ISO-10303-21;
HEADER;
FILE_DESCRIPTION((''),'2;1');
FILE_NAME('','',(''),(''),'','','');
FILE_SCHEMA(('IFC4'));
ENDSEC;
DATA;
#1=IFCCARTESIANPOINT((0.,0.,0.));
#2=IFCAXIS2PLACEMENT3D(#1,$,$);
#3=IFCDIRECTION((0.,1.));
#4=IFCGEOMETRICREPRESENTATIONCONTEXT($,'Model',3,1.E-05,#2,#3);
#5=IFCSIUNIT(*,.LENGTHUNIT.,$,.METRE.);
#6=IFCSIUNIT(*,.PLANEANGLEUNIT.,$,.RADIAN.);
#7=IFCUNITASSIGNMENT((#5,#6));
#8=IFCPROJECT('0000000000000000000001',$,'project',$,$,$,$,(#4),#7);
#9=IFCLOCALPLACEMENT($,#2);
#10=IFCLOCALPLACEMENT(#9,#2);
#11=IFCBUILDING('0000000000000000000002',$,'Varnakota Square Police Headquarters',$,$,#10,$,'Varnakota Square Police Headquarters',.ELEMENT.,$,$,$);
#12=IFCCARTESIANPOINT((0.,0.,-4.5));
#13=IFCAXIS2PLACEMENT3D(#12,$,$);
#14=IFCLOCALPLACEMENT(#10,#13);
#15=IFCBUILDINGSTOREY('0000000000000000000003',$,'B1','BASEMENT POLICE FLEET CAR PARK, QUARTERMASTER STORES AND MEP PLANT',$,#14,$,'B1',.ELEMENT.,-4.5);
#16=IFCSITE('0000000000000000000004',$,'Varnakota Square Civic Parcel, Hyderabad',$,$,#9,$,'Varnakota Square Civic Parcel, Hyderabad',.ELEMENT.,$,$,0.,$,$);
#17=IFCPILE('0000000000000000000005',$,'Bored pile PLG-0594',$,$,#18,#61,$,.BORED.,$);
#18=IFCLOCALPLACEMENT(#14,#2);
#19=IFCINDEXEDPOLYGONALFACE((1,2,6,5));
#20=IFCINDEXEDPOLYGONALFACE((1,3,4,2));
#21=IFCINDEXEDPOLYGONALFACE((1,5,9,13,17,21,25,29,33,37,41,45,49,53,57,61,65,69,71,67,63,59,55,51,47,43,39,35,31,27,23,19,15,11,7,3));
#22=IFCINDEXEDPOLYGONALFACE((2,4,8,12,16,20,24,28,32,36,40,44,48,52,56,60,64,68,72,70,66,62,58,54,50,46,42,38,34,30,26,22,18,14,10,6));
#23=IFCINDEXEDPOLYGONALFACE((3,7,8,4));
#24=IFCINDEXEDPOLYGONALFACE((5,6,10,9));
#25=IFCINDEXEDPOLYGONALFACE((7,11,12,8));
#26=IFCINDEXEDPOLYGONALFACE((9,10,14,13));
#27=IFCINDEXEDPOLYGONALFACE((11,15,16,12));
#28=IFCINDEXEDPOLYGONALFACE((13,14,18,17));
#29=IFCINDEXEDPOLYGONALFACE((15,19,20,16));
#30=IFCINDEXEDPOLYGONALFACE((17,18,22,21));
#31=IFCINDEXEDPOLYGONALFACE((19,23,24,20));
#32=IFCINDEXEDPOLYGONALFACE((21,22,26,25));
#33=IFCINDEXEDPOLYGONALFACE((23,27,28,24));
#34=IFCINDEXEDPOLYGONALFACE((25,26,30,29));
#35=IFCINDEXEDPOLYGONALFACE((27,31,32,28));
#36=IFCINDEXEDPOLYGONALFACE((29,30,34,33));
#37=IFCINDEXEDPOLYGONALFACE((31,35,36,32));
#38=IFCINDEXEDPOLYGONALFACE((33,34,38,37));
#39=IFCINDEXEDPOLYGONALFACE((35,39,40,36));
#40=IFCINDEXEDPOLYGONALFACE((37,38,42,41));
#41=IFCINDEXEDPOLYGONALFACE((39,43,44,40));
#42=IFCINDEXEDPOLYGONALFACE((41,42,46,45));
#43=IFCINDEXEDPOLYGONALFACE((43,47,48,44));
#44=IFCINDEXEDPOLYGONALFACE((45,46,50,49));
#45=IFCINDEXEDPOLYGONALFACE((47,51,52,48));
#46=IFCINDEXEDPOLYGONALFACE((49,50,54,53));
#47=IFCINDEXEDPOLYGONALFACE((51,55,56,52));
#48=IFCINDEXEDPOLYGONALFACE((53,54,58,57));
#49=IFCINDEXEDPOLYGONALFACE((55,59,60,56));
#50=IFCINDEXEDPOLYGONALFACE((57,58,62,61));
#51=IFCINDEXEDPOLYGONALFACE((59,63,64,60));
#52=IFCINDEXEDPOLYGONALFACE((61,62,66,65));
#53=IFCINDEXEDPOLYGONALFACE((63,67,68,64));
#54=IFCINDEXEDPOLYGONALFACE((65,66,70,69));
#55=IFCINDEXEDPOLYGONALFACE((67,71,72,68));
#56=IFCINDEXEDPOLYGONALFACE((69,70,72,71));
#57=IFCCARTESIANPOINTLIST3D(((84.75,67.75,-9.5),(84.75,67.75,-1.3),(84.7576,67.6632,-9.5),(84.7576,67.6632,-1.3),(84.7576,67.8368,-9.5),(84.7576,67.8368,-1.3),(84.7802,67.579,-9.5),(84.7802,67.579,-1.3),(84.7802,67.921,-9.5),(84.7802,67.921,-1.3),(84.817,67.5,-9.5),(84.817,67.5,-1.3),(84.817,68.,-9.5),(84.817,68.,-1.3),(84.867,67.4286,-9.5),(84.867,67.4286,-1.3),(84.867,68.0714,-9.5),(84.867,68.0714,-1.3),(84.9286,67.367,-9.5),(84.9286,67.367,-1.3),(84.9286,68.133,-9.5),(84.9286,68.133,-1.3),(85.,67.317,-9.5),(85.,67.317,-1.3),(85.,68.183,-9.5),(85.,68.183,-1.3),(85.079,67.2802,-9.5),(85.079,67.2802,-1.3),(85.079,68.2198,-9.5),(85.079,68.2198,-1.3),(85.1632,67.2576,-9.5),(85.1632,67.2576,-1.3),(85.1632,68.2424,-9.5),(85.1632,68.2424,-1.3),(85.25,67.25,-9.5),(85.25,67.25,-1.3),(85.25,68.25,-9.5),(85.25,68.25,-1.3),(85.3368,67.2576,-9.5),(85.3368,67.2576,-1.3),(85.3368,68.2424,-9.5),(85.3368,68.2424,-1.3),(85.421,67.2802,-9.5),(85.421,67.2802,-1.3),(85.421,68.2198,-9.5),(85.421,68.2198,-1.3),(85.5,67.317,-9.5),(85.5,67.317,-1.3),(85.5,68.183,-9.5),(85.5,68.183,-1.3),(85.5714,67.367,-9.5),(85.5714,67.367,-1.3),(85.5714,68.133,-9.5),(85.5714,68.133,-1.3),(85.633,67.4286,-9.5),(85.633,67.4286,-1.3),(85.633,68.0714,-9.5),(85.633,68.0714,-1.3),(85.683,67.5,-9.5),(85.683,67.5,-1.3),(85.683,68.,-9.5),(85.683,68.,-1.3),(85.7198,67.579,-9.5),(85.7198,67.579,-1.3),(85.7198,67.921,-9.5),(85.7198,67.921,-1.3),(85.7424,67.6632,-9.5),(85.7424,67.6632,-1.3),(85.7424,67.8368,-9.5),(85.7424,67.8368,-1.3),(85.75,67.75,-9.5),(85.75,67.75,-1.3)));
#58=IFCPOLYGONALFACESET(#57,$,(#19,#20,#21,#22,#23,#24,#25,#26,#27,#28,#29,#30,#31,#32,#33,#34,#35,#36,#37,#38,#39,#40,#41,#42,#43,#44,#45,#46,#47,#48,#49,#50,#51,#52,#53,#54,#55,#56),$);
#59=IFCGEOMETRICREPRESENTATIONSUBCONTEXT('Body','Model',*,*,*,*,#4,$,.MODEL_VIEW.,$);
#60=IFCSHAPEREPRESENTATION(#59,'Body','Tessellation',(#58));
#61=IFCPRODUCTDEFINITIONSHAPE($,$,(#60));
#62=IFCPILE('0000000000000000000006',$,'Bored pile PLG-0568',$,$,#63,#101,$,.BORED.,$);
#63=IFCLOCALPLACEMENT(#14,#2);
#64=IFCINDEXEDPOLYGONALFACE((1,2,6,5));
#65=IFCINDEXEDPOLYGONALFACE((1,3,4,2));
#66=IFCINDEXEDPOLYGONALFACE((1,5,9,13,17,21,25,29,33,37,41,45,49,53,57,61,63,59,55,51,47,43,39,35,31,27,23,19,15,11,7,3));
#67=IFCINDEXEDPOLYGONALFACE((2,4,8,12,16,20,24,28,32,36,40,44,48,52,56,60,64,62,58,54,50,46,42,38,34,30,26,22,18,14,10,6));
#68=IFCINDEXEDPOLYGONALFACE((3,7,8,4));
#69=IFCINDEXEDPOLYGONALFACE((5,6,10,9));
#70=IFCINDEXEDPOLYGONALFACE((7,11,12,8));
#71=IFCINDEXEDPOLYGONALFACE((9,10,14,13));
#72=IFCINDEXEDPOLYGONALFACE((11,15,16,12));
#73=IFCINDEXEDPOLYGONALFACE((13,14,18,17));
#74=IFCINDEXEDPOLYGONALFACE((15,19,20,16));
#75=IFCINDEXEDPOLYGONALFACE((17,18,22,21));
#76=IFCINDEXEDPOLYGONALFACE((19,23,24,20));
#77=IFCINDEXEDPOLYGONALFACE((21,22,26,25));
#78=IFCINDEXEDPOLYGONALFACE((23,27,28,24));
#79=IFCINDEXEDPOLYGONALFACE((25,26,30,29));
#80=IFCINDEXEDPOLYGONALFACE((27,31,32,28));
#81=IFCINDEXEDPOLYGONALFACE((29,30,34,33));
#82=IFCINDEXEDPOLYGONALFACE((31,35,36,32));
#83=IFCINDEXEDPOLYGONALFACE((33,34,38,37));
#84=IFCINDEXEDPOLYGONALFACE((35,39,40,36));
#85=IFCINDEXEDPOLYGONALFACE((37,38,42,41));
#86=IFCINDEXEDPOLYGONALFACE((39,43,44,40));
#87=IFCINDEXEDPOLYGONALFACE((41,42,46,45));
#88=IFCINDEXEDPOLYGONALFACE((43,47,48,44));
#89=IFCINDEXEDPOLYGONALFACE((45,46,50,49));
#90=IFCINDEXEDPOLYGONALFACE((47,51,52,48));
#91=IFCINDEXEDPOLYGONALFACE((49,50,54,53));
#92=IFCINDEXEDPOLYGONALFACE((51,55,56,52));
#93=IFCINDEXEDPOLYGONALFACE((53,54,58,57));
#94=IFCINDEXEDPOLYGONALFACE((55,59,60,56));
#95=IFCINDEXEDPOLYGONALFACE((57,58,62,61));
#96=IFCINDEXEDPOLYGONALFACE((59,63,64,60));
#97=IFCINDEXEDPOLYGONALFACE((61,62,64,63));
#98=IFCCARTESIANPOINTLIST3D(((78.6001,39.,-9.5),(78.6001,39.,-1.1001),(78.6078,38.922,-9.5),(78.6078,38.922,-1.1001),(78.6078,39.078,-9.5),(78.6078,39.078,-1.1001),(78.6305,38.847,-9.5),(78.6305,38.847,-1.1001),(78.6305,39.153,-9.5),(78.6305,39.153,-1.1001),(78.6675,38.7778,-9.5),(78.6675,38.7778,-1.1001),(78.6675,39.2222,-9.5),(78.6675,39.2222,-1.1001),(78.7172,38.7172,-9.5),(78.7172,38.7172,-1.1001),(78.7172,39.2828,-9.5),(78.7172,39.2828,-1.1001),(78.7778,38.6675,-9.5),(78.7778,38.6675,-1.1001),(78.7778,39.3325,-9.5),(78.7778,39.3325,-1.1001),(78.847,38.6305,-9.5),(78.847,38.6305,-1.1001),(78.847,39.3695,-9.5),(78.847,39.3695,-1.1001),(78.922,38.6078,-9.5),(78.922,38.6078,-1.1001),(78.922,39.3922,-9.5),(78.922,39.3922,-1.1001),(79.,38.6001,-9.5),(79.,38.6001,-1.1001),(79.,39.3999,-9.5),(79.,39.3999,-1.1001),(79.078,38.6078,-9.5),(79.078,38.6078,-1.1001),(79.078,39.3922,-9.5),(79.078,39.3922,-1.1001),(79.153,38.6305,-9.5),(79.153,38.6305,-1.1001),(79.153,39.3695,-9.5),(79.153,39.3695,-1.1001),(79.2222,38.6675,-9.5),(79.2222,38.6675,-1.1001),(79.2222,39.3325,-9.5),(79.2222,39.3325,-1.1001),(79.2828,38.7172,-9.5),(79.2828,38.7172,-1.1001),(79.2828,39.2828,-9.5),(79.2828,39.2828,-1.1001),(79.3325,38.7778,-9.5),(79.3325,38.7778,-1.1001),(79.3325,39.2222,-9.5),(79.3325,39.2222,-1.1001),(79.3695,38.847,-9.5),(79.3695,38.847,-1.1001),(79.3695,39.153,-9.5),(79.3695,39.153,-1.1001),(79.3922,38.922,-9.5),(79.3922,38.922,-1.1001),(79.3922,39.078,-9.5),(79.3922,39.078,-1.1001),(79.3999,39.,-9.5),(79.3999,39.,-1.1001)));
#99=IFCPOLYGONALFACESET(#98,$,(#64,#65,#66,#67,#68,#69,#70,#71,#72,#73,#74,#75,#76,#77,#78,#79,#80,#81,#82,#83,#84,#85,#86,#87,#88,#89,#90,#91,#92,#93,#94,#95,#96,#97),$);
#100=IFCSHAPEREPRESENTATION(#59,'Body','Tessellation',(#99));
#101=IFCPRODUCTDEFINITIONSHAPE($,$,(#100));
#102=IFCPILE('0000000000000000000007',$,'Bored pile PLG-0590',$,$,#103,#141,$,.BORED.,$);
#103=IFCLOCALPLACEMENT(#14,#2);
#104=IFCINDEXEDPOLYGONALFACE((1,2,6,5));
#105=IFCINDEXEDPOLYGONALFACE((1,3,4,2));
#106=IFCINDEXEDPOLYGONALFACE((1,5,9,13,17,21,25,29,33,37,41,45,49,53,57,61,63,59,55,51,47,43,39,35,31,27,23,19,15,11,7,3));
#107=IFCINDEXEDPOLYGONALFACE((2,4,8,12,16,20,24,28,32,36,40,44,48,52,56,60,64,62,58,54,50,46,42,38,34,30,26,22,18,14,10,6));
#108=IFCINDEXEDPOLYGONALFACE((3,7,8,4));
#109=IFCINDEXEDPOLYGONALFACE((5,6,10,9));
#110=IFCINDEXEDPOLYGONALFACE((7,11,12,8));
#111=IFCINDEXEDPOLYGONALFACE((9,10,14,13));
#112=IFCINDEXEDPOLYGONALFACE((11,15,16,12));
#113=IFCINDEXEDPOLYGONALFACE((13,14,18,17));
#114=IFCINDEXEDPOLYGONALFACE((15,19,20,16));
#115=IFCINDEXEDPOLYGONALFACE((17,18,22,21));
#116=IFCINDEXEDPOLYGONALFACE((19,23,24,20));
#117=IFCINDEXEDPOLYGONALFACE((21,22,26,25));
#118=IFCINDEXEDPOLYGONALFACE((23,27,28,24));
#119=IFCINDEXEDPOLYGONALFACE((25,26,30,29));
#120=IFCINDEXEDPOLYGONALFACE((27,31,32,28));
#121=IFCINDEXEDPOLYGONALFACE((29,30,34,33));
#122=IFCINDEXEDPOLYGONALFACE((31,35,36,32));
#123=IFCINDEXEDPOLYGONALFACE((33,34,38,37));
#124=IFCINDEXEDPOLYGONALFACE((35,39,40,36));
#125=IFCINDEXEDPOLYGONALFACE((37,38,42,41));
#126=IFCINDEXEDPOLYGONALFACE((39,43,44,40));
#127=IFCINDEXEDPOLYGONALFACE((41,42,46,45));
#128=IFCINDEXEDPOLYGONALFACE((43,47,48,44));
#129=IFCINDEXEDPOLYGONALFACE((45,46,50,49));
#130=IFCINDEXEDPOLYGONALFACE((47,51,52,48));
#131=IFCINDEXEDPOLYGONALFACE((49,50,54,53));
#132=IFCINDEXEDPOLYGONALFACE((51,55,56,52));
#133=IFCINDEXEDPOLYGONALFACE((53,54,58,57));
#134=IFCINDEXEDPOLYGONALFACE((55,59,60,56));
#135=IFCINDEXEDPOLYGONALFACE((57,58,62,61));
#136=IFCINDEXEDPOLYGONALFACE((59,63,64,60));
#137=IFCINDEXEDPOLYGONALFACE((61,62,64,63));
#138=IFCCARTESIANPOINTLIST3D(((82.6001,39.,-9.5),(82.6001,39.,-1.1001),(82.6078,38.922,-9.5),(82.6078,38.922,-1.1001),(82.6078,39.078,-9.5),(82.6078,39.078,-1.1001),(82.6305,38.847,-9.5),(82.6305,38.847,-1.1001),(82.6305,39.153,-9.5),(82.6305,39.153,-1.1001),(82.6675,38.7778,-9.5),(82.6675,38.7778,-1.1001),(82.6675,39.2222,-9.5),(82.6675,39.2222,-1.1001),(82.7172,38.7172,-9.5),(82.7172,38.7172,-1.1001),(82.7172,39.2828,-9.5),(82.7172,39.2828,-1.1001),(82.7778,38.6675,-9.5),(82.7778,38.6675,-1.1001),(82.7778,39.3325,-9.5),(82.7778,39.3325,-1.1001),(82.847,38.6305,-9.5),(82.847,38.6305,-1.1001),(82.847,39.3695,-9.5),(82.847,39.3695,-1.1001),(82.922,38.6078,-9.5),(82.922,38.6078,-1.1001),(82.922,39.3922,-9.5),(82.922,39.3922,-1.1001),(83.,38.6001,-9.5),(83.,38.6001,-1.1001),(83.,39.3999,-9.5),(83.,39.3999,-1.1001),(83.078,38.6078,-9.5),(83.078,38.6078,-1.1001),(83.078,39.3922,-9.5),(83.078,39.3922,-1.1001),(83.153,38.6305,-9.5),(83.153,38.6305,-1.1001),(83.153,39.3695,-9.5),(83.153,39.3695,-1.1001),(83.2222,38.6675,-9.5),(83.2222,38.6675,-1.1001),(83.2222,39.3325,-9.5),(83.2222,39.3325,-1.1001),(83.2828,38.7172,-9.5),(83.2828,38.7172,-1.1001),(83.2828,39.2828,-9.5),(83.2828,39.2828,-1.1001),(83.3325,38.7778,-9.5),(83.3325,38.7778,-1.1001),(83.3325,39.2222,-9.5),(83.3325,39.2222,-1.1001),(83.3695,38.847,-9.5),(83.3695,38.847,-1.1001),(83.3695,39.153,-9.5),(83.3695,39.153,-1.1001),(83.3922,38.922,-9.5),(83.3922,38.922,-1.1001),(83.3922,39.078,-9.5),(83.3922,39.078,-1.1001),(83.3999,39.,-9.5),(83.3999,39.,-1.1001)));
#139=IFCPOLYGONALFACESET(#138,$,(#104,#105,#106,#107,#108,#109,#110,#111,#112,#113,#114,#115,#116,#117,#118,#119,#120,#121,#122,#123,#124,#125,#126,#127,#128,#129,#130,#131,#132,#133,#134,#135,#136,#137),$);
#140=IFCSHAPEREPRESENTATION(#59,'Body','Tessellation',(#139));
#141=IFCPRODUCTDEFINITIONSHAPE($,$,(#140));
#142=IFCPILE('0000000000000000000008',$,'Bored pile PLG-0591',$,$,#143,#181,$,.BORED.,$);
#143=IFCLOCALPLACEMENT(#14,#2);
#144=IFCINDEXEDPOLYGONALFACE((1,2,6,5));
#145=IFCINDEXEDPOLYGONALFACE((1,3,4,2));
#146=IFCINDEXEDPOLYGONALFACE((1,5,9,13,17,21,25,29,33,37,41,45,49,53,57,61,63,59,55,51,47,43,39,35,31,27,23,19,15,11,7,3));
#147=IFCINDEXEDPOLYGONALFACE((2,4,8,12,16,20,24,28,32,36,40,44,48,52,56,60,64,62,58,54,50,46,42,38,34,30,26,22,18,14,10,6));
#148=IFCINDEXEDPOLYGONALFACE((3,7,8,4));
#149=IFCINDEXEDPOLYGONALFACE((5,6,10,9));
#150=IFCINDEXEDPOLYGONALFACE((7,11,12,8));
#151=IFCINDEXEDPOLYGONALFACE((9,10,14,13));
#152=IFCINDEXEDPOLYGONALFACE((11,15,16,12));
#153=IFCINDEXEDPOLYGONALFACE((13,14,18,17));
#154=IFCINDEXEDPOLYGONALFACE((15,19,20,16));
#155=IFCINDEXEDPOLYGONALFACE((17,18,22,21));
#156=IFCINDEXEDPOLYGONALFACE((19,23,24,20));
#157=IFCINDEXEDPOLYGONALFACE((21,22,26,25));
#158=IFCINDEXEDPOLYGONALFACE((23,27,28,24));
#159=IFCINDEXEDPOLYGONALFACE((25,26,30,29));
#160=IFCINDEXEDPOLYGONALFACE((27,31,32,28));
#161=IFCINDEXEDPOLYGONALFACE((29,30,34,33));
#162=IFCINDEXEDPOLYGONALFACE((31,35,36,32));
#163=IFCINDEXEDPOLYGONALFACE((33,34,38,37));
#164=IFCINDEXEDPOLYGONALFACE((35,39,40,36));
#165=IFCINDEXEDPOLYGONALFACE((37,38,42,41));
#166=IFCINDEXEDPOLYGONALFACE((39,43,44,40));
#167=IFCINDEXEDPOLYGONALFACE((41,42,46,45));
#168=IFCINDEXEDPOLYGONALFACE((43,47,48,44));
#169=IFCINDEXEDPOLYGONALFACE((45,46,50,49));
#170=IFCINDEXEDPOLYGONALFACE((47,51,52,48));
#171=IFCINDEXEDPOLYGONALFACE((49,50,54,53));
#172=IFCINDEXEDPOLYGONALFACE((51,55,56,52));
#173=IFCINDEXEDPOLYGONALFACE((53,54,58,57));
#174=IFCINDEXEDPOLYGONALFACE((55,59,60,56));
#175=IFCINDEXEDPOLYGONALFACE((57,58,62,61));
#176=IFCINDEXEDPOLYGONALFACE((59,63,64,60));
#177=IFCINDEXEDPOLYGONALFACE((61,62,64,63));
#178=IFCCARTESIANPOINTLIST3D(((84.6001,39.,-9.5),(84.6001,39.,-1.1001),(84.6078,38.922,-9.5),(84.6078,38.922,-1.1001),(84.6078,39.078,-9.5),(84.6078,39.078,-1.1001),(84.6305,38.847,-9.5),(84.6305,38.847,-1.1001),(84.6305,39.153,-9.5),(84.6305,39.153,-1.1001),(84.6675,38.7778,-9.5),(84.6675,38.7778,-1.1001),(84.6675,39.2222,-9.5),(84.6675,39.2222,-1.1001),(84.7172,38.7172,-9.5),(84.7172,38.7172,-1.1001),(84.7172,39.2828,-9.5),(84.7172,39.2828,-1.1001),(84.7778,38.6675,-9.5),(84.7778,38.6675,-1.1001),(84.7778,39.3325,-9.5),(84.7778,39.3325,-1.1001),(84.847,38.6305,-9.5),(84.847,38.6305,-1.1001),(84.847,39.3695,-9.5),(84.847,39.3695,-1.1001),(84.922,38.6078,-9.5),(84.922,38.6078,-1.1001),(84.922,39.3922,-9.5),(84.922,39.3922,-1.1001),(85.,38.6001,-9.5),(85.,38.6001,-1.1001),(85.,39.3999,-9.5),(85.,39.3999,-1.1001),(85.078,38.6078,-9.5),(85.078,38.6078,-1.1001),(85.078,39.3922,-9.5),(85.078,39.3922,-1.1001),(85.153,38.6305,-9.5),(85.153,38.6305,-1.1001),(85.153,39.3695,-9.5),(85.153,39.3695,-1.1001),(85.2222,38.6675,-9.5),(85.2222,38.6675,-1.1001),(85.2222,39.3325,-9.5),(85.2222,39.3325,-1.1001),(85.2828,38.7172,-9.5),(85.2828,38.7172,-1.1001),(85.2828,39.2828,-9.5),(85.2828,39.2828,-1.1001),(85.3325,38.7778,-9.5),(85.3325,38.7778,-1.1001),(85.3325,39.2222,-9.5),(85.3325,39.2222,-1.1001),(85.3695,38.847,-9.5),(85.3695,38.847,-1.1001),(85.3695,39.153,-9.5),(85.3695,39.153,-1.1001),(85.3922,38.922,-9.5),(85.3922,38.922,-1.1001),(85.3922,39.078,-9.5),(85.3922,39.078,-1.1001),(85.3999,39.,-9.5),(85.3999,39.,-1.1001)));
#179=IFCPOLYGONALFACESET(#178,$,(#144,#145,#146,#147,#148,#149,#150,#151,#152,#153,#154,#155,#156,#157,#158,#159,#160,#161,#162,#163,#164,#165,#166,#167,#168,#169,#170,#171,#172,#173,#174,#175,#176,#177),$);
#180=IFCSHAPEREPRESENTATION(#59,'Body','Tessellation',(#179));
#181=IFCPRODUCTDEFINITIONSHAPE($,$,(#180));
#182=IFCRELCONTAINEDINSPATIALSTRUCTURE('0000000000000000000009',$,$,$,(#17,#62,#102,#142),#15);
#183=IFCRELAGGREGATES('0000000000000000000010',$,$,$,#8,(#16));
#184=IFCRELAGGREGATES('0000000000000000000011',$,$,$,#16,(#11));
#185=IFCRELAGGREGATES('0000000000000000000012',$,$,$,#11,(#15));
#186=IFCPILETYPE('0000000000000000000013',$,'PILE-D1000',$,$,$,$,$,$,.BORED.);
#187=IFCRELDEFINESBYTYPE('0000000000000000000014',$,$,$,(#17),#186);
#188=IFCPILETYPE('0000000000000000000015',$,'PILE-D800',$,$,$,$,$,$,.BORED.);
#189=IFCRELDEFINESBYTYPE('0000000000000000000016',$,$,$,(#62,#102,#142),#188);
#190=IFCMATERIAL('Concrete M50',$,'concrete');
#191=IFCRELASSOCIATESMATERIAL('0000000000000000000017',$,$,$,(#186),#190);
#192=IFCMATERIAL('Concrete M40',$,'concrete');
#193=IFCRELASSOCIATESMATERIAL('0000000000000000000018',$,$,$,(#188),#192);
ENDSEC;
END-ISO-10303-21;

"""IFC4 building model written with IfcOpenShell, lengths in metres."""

from ifc_helpers import new_model, si_unit, direction, frame, origin, origin_2d, place, context, subcontext, project, spatial, circle, extrude, material, material_profile, profile_set, type_object, element, save


model = new_model("IFC4")

# Units and contexts
model_context = context("Model", 3, precision=1e-05, world=origin(), true_north=direction((0.0, 1.0)))
body_context = subcontext(model_context, "Body", "Model", "MODEL_VIEW")
ifc_project = project(units=[si_unit("LENGTHUNIT", "METRE"), si_unit("PLANEANGLEUNIT", "RADIAN")], contexts=[model_context])

# Site, building, storey
site_placement = place(None, origin())
site = spatial("IfcSite", under=ifc_project, at=site_placement, Name="Varnakota Square Civic Parcel, Hyderabad", LongName="Varnakota Square Civic Parcel, Hyderabad", CompositionType="ELEMENT", RefElevation=0.0)
building_placement = place(site_placement, origin())
building = spatial("IfcBuilding", under=site, at=building_placement, Name="Varnakota Square Police Headquarters", LongName="Varnakota Square Police Headquarters", CompositionType="ELEMENT")
storey_placement = place(building_placement, frame((0.0, 0.0, -4.5)))
storey = spatial("IfcBuildingStorey", under=building, at=storey_placement, Name="B1", Description="BASEMENT POLICE FLEET CAR PARK, QUARTERMASTER STORES AND MEP PLANT", LongName="B1", CompositionType="ELEMENT", Elevation=-4.5)

# Shared definitions
ifc_material_1 = material(Name="Concrete M40", Category="concrete")

# Piles
ifc_material_2 = material(Name="Concrete M50", Category="concrete")
ifc_material_profile_1 = material_profile(ifc_material_2, circle(Radius=0.5, at=origin_2d()), Name="BORED PILE 1000")
ifc_profile_set_1 = profile_set([ifc_material_profile_1], Name="Concrete M50")
pile_type_1 = type_object("IfcPileType", Name="PILE-D1000", PredefinedType="BORED", material=ifc_profile_set_1)
for number, where, z_axis, x_axis, name in (
    (1, (85.25, 67.75, -1.3), (0.0, 0.0, -1.0), (1.0, 0.0, 0.0), "Bored pile PLG-0594"),
):
    element("IfcPile", number, at=place(storey_placement, frame(where, z_axis=z_axis, x_axis=x_axis)), inside=storey, type_object=pile_type_1, Name=name, PredefinedType="BORED", context=body_context, shape_type="SweptSolid", body=[
        extrude(circle(Radius=0.5, at=origin_2d()), origin(), (0.0, 0.0, 1.0), 8.2),
    ])
ifc_material_profile_2 = material_profile(ifc_material_1, circle(Radius=0.3999, at=origin_2d()), Name="BORED PILE 800")
ifc_profile_set_2 = profile_set([ifc_material_profile_2], Name="Concrete M40")
pile_type_2 = type_object("IfcPileType", Name="PILE-D800", PredefinedType="BORED", material=ifc_profile_set_2)
for number, where, z_axis, x_axis, name in (
    (2, (79.0, 39.0, -1.1001), (0.0, 0.0, -1.0), (1.0, 0.0, 0.0), "Bored pile PLG-0568"),
    (3, (83.0, 39.0, -1.1001), (0.0, 0.0, -1.0), (1.0, 0.0, 0.0), "Bored pile PLG-0590"),
    (4, (85.0, 39.0, -1.1001), (0.0, 0.0, -1.0), (1.0, 0.0, 0.0), "Bored pile PLG-0591"),
):
    element("IfcPile", number, at=place(storey_placement, frame(where, z_axis=z_axis, x_axis=x_axis)), inside=storey, type_object=pile_type_2, Name=name, PredefinedType="BORED", context=body_context, shape_type="SweptSolid", body=[
        extrude(circle(Radius=0.3999, at=origin_2d()), origin(), (0.0, 0.0, 1.0), 8.3999),
    ])

save(model, "model.ifc")
